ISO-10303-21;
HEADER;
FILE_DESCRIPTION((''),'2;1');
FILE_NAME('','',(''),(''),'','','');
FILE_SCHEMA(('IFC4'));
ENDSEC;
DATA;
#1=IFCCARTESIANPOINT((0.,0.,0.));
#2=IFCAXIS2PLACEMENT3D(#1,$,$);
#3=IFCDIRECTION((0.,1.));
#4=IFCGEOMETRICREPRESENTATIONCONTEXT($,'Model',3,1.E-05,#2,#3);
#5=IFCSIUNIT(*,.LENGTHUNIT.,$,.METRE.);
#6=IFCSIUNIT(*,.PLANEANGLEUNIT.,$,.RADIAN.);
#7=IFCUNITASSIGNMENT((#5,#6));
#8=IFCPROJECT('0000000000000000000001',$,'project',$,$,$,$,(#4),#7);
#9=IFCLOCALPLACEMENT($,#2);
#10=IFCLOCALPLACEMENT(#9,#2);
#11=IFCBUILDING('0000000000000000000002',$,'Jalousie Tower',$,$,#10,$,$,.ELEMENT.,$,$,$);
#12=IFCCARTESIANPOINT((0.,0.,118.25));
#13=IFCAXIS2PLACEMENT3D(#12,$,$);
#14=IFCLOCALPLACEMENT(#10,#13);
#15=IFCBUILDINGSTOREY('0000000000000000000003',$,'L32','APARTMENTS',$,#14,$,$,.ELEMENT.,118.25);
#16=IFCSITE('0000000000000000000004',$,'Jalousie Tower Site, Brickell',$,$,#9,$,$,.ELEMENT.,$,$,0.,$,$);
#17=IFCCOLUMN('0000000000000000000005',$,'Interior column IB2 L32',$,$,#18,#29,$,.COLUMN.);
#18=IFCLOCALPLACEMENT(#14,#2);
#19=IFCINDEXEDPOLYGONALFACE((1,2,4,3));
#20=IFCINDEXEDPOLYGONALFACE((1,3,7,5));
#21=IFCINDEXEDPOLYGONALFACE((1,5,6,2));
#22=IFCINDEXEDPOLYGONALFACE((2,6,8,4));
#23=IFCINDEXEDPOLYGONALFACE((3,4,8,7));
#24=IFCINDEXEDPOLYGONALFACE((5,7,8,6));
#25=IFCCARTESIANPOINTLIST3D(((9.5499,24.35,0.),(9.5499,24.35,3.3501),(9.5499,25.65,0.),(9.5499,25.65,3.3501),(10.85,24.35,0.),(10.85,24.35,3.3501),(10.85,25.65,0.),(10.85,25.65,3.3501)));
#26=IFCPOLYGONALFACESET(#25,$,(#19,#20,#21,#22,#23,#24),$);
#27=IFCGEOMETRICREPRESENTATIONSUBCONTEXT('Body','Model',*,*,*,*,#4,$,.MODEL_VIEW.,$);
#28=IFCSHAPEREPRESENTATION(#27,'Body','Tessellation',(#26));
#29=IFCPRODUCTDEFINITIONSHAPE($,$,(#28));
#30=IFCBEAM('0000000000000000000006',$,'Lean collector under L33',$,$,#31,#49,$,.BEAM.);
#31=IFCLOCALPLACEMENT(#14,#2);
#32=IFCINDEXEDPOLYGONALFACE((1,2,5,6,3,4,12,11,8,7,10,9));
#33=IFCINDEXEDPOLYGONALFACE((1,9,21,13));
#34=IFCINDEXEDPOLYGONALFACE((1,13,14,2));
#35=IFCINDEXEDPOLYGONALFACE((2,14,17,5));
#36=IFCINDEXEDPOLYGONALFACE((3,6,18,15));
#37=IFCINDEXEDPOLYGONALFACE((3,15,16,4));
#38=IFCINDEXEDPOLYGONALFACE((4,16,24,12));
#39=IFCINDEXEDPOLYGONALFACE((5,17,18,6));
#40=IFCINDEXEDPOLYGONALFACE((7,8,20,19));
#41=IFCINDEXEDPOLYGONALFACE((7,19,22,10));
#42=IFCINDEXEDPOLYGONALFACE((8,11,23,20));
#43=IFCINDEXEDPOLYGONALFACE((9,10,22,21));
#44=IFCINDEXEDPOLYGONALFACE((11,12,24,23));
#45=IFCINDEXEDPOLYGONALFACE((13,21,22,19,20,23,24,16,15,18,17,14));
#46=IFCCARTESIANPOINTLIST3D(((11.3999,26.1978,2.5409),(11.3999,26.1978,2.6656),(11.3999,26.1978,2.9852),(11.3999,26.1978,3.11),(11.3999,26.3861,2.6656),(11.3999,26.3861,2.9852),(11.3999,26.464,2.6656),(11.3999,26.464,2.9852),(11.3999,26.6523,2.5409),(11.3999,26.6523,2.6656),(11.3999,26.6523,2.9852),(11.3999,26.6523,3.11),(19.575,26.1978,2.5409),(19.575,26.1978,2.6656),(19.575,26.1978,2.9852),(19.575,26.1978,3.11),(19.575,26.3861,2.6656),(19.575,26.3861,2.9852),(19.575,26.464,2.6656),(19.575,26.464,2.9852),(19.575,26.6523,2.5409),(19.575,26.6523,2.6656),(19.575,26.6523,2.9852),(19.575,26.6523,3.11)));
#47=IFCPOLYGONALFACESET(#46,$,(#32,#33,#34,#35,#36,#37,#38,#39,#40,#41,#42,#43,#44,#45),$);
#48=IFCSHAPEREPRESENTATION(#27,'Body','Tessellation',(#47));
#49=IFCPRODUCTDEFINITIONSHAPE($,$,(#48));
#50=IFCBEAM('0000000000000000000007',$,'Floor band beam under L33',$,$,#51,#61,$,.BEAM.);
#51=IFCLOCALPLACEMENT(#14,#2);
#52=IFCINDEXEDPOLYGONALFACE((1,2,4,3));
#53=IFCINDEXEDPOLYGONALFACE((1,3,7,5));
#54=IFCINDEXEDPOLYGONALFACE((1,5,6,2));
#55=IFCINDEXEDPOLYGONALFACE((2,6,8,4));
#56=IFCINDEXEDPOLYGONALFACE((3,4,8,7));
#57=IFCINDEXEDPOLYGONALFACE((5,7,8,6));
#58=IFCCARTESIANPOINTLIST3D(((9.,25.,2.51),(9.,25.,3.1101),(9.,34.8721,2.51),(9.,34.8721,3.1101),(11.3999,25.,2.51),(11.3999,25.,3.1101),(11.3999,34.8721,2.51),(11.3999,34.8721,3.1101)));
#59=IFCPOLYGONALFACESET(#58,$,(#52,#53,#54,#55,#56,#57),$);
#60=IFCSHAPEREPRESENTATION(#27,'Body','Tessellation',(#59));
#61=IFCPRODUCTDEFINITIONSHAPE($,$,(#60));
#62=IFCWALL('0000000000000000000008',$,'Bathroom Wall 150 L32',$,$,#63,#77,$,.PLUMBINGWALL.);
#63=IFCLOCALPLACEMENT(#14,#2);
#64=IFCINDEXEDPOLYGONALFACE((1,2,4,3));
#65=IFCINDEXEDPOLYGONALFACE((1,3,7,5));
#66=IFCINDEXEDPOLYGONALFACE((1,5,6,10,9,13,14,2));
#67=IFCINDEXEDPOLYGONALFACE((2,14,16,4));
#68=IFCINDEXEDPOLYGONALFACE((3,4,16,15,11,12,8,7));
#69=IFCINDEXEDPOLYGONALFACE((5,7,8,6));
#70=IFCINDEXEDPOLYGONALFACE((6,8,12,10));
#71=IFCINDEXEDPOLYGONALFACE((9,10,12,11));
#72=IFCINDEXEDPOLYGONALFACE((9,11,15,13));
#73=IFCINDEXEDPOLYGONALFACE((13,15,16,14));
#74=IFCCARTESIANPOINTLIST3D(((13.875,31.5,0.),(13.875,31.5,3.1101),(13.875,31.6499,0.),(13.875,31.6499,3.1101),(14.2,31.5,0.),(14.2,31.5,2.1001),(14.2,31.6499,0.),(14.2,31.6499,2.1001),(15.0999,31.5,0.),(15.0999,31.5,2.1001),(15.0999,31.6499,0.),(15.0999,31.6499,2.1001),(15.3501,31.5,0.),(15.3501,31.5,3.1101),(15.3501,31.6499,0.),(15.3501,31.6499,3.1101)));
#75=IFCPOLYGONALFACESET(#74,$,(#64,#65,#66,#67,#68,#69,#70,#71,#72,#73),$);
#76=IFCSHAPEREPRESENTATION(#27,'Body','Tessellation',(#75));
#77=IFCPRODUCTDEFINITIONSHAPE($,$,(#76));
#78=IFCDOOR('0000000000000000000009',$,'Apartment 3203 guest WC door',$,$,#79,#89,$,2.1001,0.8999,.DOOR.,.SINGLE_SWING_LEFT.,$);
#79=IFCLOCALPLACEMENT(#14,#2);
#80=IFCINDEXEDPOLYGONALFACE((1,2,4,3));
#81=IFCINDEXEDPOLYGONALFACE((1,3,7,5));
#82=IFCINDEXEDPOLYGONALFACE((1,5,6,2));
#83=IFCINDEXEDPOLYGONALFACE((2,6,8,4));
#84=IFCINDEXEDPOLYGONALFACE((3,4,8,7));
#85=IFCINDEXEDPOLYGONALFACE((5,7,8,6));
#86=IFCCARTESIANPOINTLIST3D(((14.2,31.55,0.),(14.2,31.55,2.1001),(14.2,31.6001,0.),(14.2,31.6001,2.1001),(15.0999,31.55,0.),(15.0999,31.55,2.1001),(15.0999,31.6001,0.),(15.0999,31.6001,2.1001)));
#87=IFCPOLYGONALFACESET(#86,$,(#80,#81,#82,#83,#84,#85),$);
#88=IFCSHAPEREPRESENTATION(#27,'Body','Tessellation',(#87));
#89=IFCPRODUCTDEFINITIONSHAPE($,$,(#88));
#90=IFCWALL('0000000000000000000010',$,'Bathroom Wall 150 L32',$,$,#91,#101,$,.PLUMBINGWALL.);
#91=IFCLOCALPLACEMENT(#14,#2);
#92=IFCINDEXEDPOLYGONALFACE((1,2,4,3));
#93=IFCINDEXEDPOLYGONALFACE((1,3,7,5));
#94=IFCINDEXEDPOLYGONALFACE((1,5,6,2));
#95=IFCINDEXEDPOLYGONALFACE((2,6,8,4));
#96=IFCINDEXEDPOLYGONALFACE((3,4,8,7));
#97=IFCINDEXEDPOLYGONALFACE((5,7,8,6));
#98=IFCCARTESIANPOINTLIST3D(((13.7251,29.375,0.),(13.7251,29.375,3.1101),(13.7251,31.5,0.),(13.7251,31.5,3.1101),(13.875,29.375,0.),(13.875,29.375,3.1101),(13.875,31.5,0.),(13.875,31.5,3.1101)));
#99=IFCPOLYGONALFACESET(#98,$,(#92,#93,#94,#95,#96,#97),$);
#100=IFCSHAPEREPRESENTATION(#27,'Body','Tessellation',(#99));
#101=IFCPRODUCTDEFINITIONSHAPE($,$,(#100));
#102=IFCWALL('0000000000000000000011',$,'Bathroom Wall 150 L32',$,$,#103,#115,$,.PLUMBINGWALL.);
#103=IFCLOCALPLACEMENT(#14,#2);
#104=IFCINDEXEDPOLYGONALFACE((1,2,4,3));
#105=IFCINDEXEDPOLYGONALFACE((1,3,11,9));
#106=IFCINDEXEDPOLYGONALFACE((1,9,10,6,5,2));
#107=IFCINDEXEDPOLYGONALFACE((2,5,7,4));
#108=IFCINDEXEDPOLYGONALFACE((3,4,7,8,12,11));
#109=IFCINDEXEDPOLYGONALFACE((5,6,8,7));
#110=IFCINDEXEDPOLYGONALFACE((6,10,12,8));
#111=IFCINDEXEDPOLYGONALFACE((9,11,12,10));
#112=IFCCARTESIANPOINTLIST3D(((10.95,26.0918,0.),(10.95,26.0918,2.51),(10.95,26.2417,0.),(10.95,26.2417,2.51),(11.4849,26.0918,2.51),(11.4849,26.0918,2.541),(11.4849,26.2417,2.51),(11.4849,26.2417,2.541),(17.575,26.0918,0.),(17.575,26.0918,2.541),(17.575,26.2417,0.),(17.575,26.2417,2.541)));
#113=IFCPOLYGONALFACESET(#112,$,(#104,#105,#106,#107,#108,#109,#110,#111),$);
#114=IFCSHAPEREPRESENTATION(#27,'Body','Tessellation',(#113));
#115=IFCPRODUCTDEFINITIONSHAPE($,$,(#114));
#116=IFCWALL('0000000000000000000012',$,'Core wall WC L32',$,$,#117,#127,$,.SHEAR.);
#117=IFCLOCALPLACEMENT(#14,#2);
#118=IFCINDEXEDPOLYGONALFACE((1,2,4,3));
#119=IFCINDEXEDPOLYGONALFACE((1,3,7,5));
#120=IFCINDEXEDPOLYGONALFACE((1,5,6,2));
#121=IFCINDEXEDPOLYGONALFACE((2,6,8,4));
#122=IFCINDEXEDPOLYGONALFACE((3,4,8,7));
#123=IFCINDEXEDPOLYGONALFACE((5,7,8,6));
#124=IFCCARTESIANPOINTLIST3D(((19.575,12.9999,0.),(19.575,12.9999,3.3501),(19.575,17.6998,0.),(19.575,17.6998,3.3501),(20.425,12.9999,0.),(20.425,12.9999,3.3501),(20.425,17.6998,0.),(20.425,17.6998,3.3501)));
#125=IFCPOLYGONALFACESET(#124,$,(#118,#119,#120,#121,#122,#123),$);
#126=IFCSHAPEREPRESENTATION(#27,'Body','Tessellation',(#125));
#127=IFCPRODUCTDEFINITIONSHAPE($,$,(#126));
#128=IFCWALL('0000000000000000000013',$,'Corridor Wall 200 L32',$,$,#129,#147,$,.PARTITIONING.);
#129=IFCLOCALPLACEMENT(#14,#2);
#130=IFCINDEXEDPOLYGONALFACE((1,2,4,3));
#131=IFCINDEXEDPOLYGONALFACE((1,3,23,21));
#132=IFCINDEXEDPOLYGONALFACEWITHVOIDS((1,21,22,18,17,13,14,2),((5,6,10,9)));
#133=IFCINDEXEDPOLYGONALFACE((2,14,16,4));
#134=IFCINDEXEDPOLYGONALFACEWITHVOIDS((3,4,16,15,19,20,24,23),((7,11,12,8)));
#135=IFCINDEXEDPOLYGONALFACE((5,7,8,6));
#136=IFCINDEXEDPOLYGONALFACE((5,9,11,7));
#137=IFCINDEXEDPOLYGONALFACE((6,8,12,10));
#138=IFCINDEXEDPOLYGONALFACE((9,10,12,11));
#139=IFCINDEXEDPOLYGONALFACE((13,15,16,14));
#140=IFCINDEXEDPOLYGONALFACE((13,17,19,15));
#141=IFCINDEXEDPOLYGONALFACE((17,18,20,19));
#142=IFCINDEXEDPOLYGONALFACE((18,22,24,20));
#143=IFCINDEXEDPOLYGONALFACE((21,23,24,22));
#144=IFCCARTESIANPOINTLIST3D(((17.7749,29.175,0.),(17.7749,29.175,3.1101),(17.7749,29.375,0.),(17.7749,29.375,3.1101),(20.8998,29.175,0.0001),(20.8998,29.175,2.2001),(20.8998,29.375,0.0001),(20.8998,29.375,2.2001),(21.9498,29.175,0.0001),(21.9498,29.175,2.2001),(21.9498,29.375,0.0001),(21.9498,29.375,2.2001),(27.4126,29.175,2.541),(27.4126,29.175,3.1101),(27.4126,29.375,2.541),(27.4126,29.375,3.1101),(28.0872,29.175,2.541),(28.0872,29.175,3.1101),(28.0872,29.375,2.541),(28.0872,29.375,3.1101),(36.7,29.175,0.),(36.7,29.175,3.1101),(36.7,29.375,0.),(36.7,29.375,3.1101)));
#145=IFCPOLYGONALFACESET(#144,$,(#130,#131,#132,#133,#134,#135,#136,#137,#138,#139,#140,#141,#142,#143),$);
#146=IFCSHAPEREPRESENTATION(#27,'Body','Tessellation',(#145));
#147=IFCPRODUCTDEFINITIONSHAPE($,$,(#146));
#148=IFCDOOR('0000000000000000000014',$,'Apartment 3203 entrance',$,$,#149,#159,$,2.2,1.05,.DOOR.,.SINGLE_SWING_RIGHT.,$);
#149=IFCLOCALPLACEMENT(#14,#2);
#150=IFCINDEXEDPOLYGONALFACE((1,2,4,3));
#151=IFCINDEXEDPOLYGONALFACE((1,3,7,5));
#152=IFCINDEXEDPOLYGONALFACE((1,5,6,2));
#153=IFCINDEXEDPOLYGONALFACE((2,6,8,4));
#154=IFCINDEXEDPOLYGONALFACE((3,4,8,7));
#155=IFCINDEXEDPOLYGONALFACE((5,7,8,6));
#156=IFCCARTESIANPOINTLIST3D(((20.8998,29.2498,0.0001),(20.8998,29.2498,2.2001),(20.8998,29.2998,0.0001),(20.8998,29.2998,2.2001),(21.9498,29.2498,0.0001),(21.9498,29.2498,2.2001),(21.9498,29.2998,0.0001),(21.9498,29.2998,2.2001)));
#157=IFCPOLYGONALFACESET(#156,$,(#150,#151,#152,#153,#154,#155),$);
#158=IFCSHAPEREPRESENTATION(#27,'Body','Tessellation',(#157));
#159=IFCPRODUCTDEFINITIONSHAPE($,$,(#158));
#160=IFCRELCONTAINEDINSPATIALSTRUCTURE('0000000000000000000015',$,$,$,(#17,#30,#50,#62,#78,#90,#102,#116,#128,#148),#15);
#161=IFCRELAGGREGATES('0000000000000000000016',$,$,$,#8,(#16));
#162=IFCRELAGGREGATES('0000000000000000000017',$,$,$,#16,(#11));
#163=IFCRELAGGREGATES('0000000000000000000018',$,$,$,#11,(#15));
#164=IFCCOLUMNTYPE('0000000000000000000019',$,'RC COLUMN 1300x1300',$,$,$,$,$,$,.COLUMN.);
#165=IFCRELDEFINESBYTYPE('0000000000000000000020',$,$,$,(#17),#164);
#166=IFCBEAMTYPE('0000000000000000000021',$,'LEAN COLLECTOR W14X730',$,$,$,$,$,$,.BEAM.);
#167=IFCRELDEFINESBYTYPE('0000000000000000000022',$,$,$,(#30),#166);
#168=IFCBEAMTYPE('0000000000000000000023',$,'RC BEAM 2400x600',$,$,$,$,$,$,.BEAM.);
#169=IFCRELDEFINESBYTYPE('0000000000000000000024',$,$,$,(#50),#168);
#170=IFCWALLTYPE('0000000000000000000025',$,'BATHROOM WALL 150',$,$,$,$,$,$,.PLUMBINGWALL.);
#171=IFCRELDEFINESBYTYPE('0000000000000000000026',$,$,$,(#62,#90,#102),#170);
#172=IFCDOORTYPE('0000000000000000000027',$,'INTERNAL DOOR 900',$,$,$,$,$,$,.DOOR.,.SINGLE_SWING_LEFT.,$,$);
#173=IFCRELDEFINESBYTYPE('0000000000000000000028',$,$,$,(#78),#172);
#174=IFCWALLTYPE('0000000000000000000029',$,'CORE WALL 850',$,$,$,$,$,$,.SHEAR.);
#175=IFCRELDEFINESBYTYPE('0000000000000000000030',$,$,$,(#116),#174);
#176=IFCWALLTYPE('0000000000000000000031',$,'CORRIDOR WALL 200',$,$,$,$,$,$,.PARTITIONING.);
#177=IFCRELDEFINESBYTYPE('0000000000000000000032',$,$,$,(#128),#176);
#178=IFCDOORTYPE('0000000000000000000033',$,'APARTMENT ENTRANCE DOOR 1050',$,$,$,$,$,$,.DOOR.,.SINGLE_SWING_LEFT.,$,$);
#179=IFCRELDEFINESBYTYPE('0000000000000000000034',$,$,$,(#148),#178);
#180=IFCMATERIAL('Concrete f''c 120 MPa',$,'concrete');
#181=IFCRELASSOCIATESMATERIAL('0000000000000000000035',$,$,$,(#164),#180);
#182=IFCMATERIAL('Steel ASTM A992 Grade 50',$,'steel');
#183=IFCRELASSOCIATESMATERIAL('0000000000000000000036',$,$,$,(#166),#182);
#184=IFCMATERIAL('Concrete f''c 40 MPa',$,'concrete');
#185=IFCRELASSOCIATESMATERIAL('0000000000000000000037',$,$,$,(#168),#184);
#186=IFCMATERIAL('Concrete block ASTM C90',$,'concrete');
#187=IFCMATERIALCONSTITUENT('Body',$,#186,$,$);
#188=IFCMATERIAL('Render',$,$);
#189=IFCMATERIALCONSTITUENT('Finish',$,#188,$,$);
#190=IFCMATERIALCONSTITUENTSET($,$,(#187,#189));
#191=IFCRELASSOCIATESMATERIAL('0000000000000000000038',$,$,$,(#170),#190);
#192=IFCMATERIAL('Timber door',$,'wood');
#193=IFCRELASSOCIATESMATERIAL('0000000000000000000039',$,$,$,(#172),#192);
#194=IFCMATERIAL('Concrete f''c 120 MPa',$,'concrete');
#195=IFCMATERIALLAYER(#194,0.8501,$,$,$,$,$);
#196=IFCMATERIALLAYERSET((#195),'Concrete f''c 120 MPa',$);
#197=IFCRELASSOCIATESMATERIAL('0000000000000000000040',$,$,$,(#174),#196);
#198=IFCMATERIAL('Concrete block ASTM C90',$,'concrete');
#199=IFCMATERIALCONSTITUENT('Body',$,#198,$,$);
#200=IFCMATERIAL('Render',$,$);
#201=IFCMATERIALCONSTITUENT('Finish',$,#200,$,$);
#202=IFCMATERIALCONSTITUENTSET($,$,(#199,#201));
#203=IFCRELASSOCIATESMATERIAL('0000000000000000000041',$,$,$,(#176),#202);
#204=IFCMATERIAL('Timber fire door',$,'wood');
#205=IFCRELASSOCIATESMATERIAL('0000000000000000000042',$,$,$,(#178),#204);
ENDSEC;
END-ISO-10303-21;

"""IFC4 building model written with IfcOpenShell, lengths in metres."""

from ifc_helpers import new_model, si_unit, direction, frame, frame_2d, origin, origin_2d, place, context, subcontext, project, spatial, polyline, rectangle, i_section, outline, extrude, material, layer, layer_set, constituent, constituent_set, material_profile, profile_set, type_object, element, fill, save


model = new_model("IFC4")

# Units and contexts
model_context = context("Model", 3, precision=1e-05, world=origin(), true_north=direction((0.0, 1.0)))
body_context = subcontext(model_context, "Body", "Model", "MODEL_VIEW")
ifc_project = project(units=[si_unit("LENGTHUNIT", "METRE"), si_unit("PLANEANGLEUNIT", "RADIAN")], contexts=[model_context])

# Site, building, storey
site_placement = place(None, origin())
site = spatial("IfcSite", under=ifc_project, at=site_placement, Name="Jalousie Tower Site, Brickell", CompositionType="ELEMENT", RefElevation=0.0)
building_placement = place(site_placement, origin())
building = spatial("IfcBuilding", under=site, at=building_placement, Name="Jalousie Tower", CompositionType="ELEMENT")
storey_placement = place(building_placement, frame((0.0, 0.0, 118.25)))
storey = spatial("IfcBuildingStorey", under=building, at=storey_placement, Name="L32", Description="APARTMENTS", CompositionType="ELEMENT", Elevation=118.25)

# Column
ifc_material_1 = material(Name="Concrete f'c 120 MPa", Category="concrete")
ifc_material_profile_1 = material_profile(ifc_material_1, rectangle(XDim=1.3, YDim=1.3, at=origin_2d()), Name="RC 1300x1300")
ifc_profile_set_1 = profile_set([ifc_material_profile_1], Name="Concrete f'c 120 MPa")
column_type = type_object("IfcColumnType", Name="RC COLUMN 1300x1300", PredefinedType="COLUMN", material=ifc_profile_set_1)
column_placement = place(storey_placement, frame((10.2, 25.0, 0.0), z_axis=(0.0, 0.0, 1.0), x_axis=(1.0, 0.0, 0.0)))
element("IfcColumn", 1, at=column_placement, inside=storey, type_object=column_type, Name="Interior column IB2 L32", PredefinedType="COLUMN", context=body_context, shape_type="SweptSolid", body=[
    extrude(rectangle(XDim=1.3, YDim=1.3, at=origin_2d()), origin(), (0.0, 0.0, 1.0), 3.3501),
])

# Beams
ifc_material_2 = material(Name="Steel ASTM A992 Grade 50", Category="steel")
ifc_material_profile_2 = material_profile(ifc_material_2, i_section(OverallWidth=0.4546, OverallDepth=0.5691, WebThickness=0.0779, FlangeThickness=0.1248, at=origin_2d()), Name="W14X730")
ifc_profile_set_2 = profile_set([ifc_material_profile_2], Name="Steel ASTM A992 Grade 50")
beam_type_1 = type_object("IfcBeamType", Name="LEAN COLLECTOR W14X730", PredefinedType="BEAM", material=ifc_profile_set_2)
beam_1_placement = place(storey_placement, frame((11.3999, 26.425, 2.8254), z_axis=(1.0, 0.0, 0.0), x_axis=(0.0, 1.0, 0.0)))
element("IfcBeam", 2, at=beam_1_placement, inside=storey, type_object=beam_type_1, Name="Lean collector under L33", PredefinedType="BEAM", context=body_context, shape_type="SweptSolid", body=[
    extrude(i_section(OverallWidth=0.4546, OverallDepth=0.5691, WebThickness=0.0779, FlangeThickness=0.1248, at=origin_2d()), origin(), (0.0, 0.0, 1.0), 8.175),
])
ifc_material_3 = material(Name="Concrete f'c 40 MPa", Category="concrete")
ifc_material_profile_3 = material_profile(ifc_material_3, rectangle(XDim=2.3999, YDim=0.6001, at=origin_2d()), Name="RC 2400x600")
ifc_profile_set_3 = profile_set([ifc_material_profile_3], Name="Concrete f'c 40 MPa")
beam_type_2 = type_object("IfcBeamType", Name="RC BEAM 2400x600", PredefinedType="BEAM", material=ifc_profile_set_3)
beam_2_placement = place(storey_placement, frame((10.2, 25.0, 2.8101), z_axis=(0.0, 1.0, 0.0), x_axis=(-1.0, 0.0, 0.0)))
element("IfcBeam", 3, at=beam_2_placement, inside=storey, type_object=beam_type_2, Name="Floor band beam under L33", PredefinedType="BEAM", context=body_context, shape_type="SweptSolid", body=[
    extrude(rectangle(XDim=2.3999, YDim=0.6001, at=origin_2d()), origin(), (0.0, 0.0, 1.0), 9.8721),
])

# Wall, opening, door
ifc_material_4 = material(Name="Concrete block ASTM C90", Category="concrete")
ifc_constituent_1 = constituent(ifc_material_4, Name="Body")
ifc_material_5 = material(Name="Render")
ifc_constituent_2 = constituent(ifc_material_5, Name="Finish")
ifc_constituent_set_1 = constituent_set(constituents=[ifc_constituent_1, ifc_constituent_2])
wall_type_1 = type_object("IfcWallType", Name="BATHROOM WALL 150", PredefinedType="PLUMBINGWALL", material=ifc_constituent_set_1)
wall_1_placement = place(storey_placement, frame((13.875, 31.575, 0.0), z_axis=(0.0, 0.0, 1.0), x_axis=(1.0, 0.0, 0.0)))
wall_1 = element("IfcWall", 4, at=wall_1_placement, inside=storey, type_object=wall_type_1, Name="Bathroom Wall 150 L32", PredefinedType="PLUMBINGWALL", context=body_context, shape_type="SweptSolid", body=[
    extrude(rectangle(XDim=1.4751, YDim=0.1499, at=frame_2d((0.7375, 0.0))), origin(), (0.0, 0.0, 1.0), 3.1101),
])
opening_1_placement = place(wall_1_placement, frame((0.325, 0.0, 0.0)))
opening_1 = element("IfcOpeningElement", 5, at=opening_1_placement, cuts=wall_1, PredefinedType="OPENING", context=body_context, shape_type="SweptSolid", body=[
    extrude(rectangle(XDim=0.8999, YDim=2.1001, at=frame_2d((0.45, 1.05))), frame((0.0, 0.085, 0.0), z_axis=(0.0, -1.0, 0.0), x_axis=(1.0, 0.0, 0.0)), (0.0, 0.0, 1.0), 0.1699),
])
ifc_material_6 = material(Name="Timber door", Category="wood")
door_type_1 = type_object("IfcDoorType", Name="INTERNAL DOOR 900", OperationType="SINGLE_SWING_LEFT", PredefinedType="DOOR", material=ifc_material_6)
door_1_placement = place(opening_1_placement, frame((0.8999, 0.0, 0.0), z_axis=(0.0, 0.0, 1.0), x_axis=(-1.0, 0.0, 0.0)))
door_1 = element("IfcDoor", 6, at=door_1_placement, inside=storey, type_object=door_type_1, Name="Apartment 3203 guest WC door", OperationType="SINGLE_SWING_LEFT", OverallHeight=2.1001, OverallWidth=0.8999, PredefinedType="DOOR", context=body_context, shape_type="SweptSolid", body=[
    extrude(rectangle(XDim=0.8999, YDim=2.1001, at=frame_2d((0.45, 1.05))), frame((0.0, 0.0249, 0.0), z_axis=(0.0, -1.0, 0.0), x_axis=(1.0, 0.0, 0.0)), (0.0, 0.0, 1.0), 0.05),
])
fill(opening_1, door_1)

# Walls
wall_2_placement = place(storey_placement, frame((13.8, 31.5, 0.0), z_axis=(0.0, 0.0, 1.0), x_axis=(0.0, -1.0, 0.0)))
element("IfcWall", 7, at=wall_2_placement, inside=storey, type_object=wall_type_1, Name="Bathroom Wall 150 L32", PredefinedType="PLUMBINGWALL", context=body_context, shape_type="SweptSolid", body=[
    extrude(rectangle(XDim=2.125, YDim=0.1499, at=frame_2d((1.0625, 0.0))), origin(), (0.0, 0.0, 1.0), 3.1101),
])
wall_3_placement = place(storey_placement, frame((10.95, 26.1667, 0.0), z_axis=(0.0, 0.0, 1.0), x_axis=(1.0, 0.0, 0.0)))
element("IfcWall", 8, at=wall_3_placement, inside=storey, type_object=wall_type_1, Name="Bathroom Wall 150 L32", PredefinedType="PLUMBINGWALL", context=body_context, shape_type="SweptSolid", body=[
    extrude(outline(polyline([(0.0, 0.0), (6.625, 0.0), (6.625, 3.1101), (6.625, 2.541), (0.5349, 2.541), (0.5349, 2.51), (0.0, 2.51), (0.0, 3.1101), (0.0, 0.0)])), frame((0.0, 0.075, 0.0), z_axis=(0.0, -1.0, 0.0), x_axis=(1.0, 0.0, 0.0)), (0.0, 0.0, 1.0), 0.1499),
])
ifc_material_7 = material(Name="Concrete f'c 120 MPa", Category="concrete")
ifc_layer = layer(ifc_material_7, 0.8501)
ifc_layer_set = layer_set([ifc_layer], Name="Concrete f'c 120 MPa")
wall_type_2 = type_object("IfcWallType", Name="CORE WALL 850", PredefinedType="SHEAR", material=ifc_layer_set)
wall_4_placement = place(storey_placement, frame((20.0, 17.7, 0.0), z_axis=(0.0, 0.0, 1.0), x_axis=(0.0, -1.0, 0.0)))
element("IfcWall", 9, at=wall_4_placement, inside=storey, type_object=wall_type_2, Name="Core wall WC L32", PredefinedType="SHEAR", context=body_context, shape_type="SweptSolid", body=[
    extrude(rectangle(XDim=4.7, YDim=0.8501, at=frame_2d((2.3501, 0.0))), origin(), (0.0, 0.0, 1.0), 3.3501),
])

# Wall, opening, door
ifc_material_8 = material(Name="Concrete block ASTM C90", Category="concrete")
ifc_constituent_3 = constituent(ifc_material_8, Name="Body")
ifc_material_9 = material(Name="Render")
ifc_constituent_4 = constituent(ifc_material_9, Name="Finish")
ifc_constituent_set_2 = constituent_set(constituents=[ifc_constituent_3, ifc_constituent_4])
wall_type_3 = type_object("IfcWallType", Name="CORRIDOR WALL 200", PredefinedType="PARTITIONING", material=ifc_constituent_set_2)
wall_5_placement = place(storey_placement, frame((17.7749, 29.2749, 0.0), z_axis=(0.0, 0.0, 1.0), x_axis=(1.0, 0.0, 0.0)))
wall_5 = element("IfcWall", 10, at=wall_5_placement, inside=storey, type_object=wall_type_3, Name="Corridor Wall 200 L32", PredefinedType="PARTITIONING", context=body_context, shape_type="SweptSolid", body=[
    extrude(outline(polyline([(0.0, 0.0), (18.925, 0.0), (18.925, 3.1101), (10.3123, 3.1101), (10.3123, 2.541), (9.6377, 2.541), (9.6377, 3.1101), (0.0, 3.1101), (0.0, 0.0)])), frame((0.0, 0.1001, 0.0), z_axis=(0.0, -1.0, 0.0), x_axis=(1.0, 0.0, 0.0)), (0.0, 0.0, 1.0), 0.2),
])
opening_2_placement = place(wall_5_placement, frame((3.125, 0.0, 0.0)))
opening_2 = element("IfcOpeningElement", 11, at=opening_2_placement, cuts=wall_5, PredefinedType="OPENING", context=body_context, shape_type="SweptSolid", body=[
    extrude(rectangle(XDim=1.05, YDim=2.2, at=frame_2d((0.5249, 1.1001))), frame((0.0, 0.1099, 0.0), z_axis=(0.0, -1.0, 0.0), x_axis=(1.0, 0.0, 0.0)), (0.0, 0.0, 1.0), 0.22),
])
ifc_material_10 = material(Name="Timber fire door", Category="wood")
door_type_2 = type_object("IfcDoorType", Name="APARTMENT ENTRANCE DOOR 1050", OperationType="SINGLE_SWING_LEFT", PredefinedType="DOOR", material=ifc_material_10)
door_2_placement = place(opening_2_placement, origin())
door_2 = element("IfcDoor", 12, at=door_2_placement, inside=storey, type_object=door_type_2, Name="Apartment 3203 entrance", OperationType="SINGLE_SWING_RIGHT", OverallHeight=2.2, OverallWidth=1.05, PredefinedType="DOOR", context=body_context, shape_type="SweptSolid", body=[
    extrude(rectangle(XDim=1.05, YDim=2.2, at=frame_2d((0.5249, 1.1001))), frame((0.0, 0.0249, 0.0), z_axis=(0.0, -1.0, 0.0), x_axis=(1.0, 0.0, 0.0)), (0.0, 0.0, 1.0), 0.05),
])
fill(opening_2, door_2)

save(model, "model.ifc")
